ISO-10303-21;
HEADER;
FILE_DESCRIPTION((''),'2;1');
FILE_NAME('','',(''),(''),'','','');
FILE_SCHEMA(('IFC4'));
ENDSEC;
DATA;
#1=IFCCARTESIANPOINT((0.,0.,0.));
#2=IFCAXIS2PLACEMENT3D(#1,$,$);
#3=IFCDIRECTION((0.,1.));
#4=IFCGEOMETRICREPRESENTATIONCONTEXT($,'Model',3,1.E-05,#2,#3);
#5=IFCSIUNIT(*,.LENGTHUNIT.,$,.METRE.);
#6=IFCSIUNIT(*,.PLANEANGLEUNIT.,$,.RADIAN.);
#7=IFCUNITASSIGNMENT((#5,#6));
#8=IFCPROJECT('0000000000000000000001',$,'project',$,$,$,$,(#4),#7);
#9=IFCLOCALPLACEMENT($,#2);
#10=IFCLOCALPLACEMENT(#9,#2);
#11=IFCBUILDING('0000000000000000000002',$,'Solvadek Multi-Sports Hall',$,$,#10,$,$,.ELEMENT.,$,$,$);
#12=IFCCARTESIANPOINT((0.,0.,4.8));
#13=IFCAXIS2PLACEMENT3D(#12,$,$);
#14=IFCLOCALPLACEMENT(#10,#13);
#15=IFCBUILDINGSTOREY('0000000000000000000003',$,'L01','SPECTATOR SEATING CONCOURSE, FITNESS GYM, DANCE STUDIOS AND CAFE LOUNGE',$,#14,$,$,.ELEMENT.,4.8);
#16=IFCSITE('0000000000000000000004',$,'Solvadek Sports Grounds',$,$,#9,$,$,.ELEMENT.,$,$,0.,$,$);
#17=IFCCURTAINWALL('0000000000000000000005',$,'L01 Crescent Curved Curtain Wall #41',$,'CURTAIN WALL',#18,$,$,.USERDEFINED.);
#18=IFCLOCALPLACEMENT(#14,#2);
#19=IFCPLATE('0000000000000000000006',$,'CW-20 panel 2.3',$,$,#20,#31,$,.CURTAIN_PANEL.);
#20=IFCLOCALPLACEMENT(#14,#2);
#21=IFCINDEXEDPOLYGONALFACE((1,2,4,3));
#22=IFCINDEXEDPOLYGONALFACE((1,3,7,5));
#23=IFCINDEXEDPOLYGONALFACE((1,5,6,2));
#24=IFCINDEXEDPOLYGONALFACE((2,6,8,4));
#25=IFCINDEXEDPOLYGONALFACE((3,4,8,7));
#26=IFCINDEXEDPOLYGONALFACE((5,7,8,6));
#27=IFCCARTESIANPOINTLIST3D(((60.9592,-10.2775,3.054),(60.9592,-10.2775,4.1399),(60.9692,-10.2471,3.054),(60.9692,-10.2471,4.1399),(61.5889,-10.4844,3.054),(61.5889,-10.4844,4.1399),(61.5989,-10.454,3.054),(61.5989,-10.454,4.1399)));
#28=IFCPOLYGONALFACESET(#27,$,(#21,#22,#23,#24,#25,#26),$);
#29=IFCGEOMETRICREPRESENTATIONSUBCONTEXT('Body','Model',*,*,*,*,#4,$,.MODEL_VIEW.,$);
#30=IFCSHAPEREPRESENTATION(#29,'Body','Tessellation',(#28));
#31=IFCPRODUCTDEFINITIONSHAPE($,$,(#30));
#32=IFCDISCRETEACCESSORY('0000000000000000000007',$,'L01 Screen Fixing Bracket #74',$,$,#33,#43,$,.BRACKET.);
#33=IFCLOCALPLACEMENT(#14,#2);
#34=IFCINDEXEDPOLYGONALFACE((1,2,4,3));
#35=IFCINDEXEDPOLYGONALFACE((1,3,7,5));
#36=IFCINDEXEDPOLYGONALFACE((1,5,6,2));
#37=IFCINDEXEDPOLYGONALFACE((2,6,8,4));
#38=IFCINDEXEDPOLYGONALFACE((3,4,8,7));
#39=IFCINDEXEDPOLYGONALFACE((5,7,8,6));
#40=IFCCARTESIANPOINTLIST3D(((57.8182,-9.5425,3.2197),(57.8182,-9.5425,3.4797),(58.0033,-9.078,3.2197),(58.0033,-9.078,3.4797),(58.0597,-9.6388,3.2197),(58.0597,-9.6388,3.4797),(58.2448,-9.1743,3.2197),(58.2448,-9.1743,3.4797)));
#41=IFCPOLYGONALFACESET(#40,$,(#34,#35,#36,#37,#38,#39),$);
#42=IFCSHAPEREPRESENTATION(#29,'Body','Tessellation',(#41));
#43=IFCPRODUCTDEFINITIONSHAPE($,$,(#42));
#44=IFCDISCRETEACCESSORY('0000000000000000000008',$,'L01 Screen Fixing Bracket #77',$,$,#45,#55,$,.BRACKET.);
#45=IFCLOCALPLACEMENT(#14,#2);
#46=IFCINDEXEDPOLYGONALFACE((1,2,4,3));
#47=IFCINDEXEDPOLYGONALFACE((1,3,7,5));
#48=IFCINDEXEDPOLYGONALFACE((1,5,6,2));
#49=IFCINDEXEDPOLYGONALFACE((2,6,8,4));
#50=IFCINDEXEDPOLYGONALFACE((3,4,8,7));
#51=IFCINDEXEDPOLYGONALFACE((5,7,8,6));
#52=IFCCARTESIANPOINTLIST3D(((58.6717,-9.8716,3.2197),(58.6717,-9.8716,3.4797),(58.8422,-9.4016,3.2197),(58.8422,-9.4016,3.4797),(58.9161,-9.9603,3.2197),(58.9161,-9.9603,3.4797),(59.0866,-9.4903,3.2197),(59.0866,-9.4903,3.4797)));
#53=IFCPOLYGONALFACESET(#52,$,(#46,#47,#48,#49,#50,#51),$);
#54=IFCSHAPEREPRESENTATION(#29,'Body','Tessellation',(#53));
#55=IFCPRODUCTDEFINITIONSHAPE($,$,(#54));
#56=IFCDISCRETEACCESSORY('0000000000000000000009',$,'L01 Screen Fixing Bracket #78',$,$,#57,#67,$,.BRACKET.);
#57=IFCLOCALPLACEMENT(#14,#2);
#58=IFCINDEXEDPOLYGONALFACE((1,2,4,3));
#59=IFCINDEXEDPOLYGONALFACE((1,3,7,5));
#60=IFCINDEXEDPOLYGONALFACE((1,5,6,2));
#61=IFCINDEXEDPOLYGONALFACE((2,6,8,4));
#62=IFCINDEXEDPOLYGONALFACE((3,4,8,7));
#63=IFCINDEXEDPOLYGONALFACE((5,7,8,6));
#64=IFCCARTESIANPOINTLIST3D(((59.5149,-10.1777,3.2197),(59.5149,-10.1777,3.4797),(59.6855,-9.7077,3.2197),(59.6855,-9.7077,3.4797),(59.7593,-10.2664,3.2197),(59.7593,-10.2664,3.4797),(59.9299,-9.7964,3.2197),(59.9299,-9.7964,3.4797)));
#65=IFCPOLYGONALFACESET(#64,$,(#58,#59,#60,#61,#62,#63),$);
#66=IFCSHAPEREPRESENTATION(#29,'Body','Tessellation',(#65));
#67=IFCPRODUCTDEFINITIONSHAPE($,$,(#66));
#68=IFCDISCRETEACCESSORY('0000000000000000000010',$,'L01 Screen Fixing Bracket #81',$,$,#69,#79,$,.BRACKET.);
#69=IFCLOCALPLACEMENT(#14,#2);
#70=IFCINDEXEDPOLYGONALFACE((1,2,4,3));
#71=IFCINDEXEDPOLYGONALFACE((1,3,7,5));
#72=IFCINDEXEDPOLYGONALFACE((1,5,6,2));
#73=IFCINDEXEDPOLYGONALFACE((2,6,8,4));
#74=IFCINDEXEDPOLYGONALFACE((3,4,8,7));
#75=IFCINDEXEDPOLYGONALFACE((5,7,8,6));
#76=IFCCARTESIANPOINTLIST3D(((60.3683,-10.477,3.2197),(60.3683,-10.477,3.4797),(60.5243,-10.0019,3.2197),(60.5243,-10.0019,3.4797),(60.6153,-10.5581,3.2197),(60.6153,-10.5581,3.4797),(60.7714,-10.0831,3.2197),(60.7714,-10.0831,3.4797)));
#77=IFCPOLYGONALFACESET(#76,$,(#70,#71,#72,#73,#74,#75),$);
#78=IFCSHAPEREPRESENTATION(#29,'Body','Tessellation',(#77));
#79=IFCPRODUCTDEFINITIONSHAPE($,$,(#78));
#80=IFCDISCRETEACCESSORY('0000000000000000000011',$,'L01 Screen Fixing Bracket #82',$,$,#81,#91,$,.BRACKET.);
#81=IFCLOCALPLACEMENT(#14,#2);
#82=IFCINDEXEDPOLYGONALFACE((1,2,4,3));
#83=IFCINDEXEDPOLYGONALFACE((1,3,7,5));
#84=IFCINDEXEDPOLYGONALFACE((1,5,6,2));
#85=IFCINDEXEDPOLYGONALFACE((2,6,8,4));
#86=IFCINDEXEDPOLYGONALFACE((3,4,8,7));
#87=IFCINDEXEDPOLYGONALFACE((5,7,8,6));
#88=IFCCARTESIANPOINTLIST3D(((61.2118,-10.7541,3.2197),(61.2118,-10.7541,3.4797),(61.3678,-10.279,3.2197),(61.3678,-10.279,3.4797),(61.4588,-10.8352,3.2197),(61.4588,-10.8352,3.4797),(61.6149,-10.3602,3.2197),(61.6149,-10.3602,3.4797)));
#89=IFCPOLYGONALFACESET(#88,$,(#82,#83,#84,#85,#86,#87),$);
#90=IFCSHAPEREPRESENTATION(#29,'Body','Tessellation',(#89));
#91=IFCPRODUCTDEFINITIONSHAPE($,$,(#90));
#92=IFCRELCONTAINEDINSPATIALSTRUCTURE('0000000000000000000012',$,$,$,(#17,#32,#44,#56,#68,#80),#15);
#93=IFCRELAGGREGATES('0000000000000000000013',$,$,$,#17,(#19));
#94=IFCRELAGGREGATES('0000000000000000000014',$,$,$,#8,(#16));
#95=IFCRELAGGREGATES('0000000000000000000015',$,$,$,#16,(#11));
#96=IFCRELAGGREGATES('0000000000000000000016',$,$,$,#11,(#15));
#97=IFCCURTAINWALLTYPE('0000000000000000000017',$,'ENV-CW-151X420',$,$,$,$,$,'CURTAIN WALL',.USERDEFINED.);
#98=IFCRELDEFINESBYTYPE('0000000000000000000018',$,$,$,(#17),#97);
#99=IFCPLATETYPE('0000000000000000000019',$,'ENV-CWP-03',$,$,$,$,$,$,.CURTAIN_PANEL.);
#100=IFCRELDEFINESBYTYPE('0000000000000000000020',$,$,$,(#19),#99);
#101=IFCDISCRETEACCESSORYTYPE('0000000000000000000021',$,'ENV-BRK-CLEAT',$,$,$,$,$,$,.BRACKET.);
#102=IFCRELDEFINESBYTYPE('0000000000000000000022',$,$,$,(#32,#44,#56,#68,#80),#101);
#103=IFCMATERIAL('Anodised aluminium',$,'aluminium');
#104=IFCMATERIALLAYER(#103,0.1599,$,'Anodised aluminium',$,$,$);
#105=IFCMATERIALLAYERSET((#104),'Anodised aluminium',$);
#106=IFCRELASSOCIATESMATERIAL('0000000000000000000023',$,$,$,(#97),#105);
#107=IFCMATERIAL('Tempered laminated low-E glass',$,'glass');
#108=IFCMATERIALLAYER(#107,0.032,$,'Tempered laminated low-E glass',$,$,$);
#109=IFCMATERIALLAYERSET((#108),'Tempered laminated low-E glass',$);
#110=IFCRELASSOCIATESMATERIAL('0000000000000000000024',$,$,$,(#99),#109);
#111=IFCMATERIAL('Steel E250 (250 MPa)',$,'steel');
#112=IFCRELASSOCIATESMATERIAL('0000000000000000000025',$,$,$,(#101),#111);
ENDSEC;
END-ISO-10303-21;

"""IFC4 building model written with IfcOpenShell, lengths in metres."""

from ifc_helpers import new_model, si_unit, direction, frame, origin, origin_2d, place, context, subcontext, project, spatial, rectangle, extrude, material, layer, layer_set, type_object, element, aggregate, save


model = new_model("IFC4")

# Units and contexts
model_context = context("Model", 3, precision=1e-05, world=origin(), true_north=direction((0.0, 1.0)))
body_context = subcontext(model_context, "Body", "Model", "MODEL_VIEW")
ifc_project = project(units=[si_unit("LENGTHUNIT", "METRE"), si_unit("PLANEANGLEUNIT", "RADIAN")], contexts=[model_context])

# Site, building, storey
site_placement = place(None, origin())
site = spatial("IfcSite", under=ifc_project, at=site_placement, Name="Solvadek Sports Grounds", CompositionType="ELEMENT", RefElevation=0.0)
building_placement = place(site_placement, origin())
building = spatial("IfcBuilding", under=site, at=building_placement, Name="Solvadek Multi-Sports Hall", CompositionType="ELEMENT")
storey_placement = place(building_placement, frame((0.0, 0.0, 4.8)))
storey = spatial("IfcBuildingStorey", under=building, at=storey_placement, Name="L01", Description="SPECTATOR SEATING CONCOURSE, FITNESS GYM, DANCE STUDIOS AND CAFE LOUNGE", CompositionType="ELEMENT", Elevation=4.8)

# Curtain wall
ifc_material_1 = material(Name="Anodised aluminium", Category="aluminium")
ifc_layer_1 = layer(ifc_material_1, 0.1599, Name="Anodised aluminium")
ifc_layer_set_1 = layer_set([ifc_layer_1], Name="Anodised aluminium")
curtain_wall_type_1 = type_object("IfcCurtainWallType", Name="ENV-CW-151X420", ElementType="CURTAIN WALL", PredefinedType="USERDEFINED", material=ifc_layer_set_1)
curtain_wall_1_placement = place(storey_placement, origin())
curtain_wall_1 = element("IfcCurtainWall", 1, at=curtain_wall_1_placement, inside=storey, type_object=curtain_wall_type_1, Name="L01 Crescent Curved Curtain Wall #41", ObjectType="CURTAIN WALL", PredefinedType="USERDEFINED")

# Plate
ifc_material_2 = material(Name="Tempered laminated low-E glass", Category="glass")
ifc_layer_2 = layer(ifc_material_2, 0.032, Name="Tempered laminated low-E glass")
ifc_layer_set_2 = layer_set([ifc_layer_2], Name="Tempered laminated low-E glass")
plate_type_1 = type_object("IfcPlateType", Name="ENV-CWP-03", PredefinedType="CURTAIN_PANEL", material=ifc_layer_set_2)
plate_1_placement = place(storey_placement, frame((61.2791, -10.3657, 3.054), z_axis=(0.0, 0.0, 1.0), x_axis=(0.950049, -0.3121, 0.0)))
plate_1 = element("IfcPlate", 2, at=plate_1_placement, type_object=plate_type_1, Name="CW-20 panel 2.3", PredefinedType="CURTAIN_PANEL", context=body_context, shape_type="SweptSolid", body=[
    extrude(rectangle(XDim=0.6628, YDim=0.032, at=origin_2d()), origin(), (0.0, 0.0, 1.0), 1.0859),
])
aggregate(curtain_wall_1, [plate_1])

# Discrete accessories
ifc_material_3 = material(Name="Steel E250 (250 MPa)", Category="steel")
discrete_accessory_type = type_object("IfcDiscreteAccessoryType", Name="ENV-BRK-CLEAT", PredefinedType="BRACKET", material=ifc_material_3)
for number, where, z_axis, x_axis, name in (
    (3, (58.0315, -9.3584, 3.2197), (0.0, 0.0, 1.0), (0.928981, -0.370128, 0.0), "L01 Screen Fixing Bracket #74"),
    (4, (58.8792, -9.6809, 3.2197), (0.0, 0.0, 1.0), (0.940005, -0.341161, 0.0), "L01 Screen Fixing Bracket #77"),
    (5, (59.7224, -9.9871, 3.2197), (0.0, 0.0, 1.0), (0.940005, -0.341161, 0.0), "L01 Screen Fixing Bracket #78"),
    (6, (60.5698, -10.28, 3.2197), (0.0, 0.0, 1.0), (0.950043, -0.312119, 0.0), "L01 Screen Fixing Bracket #81"),
    (7, (61.4133, -10.5571, 3.2197), (0.0, 0.0, 1.0), (0.950043, -0.312119, 0.0), "L01 Screen Fixing Bracket #82"),
):
    element("IfcDiscreteAccessory", number, at=place(storey_placement, frame(where, z_axis=z_axis, x_axis=x_axis)), inside=storey, type_object=discrete_accessory_type, Name=name, PredefinedType="BRACKET", context=body_context, shape_type="SweptSolid", body=[
        extrude(rectangle(XDim=0.26, YDim=0.5, at=origin_2d()), origin(), (0.0, 0.0, 1.0), 0.26),
    ])

save(model, "model.ifc")
